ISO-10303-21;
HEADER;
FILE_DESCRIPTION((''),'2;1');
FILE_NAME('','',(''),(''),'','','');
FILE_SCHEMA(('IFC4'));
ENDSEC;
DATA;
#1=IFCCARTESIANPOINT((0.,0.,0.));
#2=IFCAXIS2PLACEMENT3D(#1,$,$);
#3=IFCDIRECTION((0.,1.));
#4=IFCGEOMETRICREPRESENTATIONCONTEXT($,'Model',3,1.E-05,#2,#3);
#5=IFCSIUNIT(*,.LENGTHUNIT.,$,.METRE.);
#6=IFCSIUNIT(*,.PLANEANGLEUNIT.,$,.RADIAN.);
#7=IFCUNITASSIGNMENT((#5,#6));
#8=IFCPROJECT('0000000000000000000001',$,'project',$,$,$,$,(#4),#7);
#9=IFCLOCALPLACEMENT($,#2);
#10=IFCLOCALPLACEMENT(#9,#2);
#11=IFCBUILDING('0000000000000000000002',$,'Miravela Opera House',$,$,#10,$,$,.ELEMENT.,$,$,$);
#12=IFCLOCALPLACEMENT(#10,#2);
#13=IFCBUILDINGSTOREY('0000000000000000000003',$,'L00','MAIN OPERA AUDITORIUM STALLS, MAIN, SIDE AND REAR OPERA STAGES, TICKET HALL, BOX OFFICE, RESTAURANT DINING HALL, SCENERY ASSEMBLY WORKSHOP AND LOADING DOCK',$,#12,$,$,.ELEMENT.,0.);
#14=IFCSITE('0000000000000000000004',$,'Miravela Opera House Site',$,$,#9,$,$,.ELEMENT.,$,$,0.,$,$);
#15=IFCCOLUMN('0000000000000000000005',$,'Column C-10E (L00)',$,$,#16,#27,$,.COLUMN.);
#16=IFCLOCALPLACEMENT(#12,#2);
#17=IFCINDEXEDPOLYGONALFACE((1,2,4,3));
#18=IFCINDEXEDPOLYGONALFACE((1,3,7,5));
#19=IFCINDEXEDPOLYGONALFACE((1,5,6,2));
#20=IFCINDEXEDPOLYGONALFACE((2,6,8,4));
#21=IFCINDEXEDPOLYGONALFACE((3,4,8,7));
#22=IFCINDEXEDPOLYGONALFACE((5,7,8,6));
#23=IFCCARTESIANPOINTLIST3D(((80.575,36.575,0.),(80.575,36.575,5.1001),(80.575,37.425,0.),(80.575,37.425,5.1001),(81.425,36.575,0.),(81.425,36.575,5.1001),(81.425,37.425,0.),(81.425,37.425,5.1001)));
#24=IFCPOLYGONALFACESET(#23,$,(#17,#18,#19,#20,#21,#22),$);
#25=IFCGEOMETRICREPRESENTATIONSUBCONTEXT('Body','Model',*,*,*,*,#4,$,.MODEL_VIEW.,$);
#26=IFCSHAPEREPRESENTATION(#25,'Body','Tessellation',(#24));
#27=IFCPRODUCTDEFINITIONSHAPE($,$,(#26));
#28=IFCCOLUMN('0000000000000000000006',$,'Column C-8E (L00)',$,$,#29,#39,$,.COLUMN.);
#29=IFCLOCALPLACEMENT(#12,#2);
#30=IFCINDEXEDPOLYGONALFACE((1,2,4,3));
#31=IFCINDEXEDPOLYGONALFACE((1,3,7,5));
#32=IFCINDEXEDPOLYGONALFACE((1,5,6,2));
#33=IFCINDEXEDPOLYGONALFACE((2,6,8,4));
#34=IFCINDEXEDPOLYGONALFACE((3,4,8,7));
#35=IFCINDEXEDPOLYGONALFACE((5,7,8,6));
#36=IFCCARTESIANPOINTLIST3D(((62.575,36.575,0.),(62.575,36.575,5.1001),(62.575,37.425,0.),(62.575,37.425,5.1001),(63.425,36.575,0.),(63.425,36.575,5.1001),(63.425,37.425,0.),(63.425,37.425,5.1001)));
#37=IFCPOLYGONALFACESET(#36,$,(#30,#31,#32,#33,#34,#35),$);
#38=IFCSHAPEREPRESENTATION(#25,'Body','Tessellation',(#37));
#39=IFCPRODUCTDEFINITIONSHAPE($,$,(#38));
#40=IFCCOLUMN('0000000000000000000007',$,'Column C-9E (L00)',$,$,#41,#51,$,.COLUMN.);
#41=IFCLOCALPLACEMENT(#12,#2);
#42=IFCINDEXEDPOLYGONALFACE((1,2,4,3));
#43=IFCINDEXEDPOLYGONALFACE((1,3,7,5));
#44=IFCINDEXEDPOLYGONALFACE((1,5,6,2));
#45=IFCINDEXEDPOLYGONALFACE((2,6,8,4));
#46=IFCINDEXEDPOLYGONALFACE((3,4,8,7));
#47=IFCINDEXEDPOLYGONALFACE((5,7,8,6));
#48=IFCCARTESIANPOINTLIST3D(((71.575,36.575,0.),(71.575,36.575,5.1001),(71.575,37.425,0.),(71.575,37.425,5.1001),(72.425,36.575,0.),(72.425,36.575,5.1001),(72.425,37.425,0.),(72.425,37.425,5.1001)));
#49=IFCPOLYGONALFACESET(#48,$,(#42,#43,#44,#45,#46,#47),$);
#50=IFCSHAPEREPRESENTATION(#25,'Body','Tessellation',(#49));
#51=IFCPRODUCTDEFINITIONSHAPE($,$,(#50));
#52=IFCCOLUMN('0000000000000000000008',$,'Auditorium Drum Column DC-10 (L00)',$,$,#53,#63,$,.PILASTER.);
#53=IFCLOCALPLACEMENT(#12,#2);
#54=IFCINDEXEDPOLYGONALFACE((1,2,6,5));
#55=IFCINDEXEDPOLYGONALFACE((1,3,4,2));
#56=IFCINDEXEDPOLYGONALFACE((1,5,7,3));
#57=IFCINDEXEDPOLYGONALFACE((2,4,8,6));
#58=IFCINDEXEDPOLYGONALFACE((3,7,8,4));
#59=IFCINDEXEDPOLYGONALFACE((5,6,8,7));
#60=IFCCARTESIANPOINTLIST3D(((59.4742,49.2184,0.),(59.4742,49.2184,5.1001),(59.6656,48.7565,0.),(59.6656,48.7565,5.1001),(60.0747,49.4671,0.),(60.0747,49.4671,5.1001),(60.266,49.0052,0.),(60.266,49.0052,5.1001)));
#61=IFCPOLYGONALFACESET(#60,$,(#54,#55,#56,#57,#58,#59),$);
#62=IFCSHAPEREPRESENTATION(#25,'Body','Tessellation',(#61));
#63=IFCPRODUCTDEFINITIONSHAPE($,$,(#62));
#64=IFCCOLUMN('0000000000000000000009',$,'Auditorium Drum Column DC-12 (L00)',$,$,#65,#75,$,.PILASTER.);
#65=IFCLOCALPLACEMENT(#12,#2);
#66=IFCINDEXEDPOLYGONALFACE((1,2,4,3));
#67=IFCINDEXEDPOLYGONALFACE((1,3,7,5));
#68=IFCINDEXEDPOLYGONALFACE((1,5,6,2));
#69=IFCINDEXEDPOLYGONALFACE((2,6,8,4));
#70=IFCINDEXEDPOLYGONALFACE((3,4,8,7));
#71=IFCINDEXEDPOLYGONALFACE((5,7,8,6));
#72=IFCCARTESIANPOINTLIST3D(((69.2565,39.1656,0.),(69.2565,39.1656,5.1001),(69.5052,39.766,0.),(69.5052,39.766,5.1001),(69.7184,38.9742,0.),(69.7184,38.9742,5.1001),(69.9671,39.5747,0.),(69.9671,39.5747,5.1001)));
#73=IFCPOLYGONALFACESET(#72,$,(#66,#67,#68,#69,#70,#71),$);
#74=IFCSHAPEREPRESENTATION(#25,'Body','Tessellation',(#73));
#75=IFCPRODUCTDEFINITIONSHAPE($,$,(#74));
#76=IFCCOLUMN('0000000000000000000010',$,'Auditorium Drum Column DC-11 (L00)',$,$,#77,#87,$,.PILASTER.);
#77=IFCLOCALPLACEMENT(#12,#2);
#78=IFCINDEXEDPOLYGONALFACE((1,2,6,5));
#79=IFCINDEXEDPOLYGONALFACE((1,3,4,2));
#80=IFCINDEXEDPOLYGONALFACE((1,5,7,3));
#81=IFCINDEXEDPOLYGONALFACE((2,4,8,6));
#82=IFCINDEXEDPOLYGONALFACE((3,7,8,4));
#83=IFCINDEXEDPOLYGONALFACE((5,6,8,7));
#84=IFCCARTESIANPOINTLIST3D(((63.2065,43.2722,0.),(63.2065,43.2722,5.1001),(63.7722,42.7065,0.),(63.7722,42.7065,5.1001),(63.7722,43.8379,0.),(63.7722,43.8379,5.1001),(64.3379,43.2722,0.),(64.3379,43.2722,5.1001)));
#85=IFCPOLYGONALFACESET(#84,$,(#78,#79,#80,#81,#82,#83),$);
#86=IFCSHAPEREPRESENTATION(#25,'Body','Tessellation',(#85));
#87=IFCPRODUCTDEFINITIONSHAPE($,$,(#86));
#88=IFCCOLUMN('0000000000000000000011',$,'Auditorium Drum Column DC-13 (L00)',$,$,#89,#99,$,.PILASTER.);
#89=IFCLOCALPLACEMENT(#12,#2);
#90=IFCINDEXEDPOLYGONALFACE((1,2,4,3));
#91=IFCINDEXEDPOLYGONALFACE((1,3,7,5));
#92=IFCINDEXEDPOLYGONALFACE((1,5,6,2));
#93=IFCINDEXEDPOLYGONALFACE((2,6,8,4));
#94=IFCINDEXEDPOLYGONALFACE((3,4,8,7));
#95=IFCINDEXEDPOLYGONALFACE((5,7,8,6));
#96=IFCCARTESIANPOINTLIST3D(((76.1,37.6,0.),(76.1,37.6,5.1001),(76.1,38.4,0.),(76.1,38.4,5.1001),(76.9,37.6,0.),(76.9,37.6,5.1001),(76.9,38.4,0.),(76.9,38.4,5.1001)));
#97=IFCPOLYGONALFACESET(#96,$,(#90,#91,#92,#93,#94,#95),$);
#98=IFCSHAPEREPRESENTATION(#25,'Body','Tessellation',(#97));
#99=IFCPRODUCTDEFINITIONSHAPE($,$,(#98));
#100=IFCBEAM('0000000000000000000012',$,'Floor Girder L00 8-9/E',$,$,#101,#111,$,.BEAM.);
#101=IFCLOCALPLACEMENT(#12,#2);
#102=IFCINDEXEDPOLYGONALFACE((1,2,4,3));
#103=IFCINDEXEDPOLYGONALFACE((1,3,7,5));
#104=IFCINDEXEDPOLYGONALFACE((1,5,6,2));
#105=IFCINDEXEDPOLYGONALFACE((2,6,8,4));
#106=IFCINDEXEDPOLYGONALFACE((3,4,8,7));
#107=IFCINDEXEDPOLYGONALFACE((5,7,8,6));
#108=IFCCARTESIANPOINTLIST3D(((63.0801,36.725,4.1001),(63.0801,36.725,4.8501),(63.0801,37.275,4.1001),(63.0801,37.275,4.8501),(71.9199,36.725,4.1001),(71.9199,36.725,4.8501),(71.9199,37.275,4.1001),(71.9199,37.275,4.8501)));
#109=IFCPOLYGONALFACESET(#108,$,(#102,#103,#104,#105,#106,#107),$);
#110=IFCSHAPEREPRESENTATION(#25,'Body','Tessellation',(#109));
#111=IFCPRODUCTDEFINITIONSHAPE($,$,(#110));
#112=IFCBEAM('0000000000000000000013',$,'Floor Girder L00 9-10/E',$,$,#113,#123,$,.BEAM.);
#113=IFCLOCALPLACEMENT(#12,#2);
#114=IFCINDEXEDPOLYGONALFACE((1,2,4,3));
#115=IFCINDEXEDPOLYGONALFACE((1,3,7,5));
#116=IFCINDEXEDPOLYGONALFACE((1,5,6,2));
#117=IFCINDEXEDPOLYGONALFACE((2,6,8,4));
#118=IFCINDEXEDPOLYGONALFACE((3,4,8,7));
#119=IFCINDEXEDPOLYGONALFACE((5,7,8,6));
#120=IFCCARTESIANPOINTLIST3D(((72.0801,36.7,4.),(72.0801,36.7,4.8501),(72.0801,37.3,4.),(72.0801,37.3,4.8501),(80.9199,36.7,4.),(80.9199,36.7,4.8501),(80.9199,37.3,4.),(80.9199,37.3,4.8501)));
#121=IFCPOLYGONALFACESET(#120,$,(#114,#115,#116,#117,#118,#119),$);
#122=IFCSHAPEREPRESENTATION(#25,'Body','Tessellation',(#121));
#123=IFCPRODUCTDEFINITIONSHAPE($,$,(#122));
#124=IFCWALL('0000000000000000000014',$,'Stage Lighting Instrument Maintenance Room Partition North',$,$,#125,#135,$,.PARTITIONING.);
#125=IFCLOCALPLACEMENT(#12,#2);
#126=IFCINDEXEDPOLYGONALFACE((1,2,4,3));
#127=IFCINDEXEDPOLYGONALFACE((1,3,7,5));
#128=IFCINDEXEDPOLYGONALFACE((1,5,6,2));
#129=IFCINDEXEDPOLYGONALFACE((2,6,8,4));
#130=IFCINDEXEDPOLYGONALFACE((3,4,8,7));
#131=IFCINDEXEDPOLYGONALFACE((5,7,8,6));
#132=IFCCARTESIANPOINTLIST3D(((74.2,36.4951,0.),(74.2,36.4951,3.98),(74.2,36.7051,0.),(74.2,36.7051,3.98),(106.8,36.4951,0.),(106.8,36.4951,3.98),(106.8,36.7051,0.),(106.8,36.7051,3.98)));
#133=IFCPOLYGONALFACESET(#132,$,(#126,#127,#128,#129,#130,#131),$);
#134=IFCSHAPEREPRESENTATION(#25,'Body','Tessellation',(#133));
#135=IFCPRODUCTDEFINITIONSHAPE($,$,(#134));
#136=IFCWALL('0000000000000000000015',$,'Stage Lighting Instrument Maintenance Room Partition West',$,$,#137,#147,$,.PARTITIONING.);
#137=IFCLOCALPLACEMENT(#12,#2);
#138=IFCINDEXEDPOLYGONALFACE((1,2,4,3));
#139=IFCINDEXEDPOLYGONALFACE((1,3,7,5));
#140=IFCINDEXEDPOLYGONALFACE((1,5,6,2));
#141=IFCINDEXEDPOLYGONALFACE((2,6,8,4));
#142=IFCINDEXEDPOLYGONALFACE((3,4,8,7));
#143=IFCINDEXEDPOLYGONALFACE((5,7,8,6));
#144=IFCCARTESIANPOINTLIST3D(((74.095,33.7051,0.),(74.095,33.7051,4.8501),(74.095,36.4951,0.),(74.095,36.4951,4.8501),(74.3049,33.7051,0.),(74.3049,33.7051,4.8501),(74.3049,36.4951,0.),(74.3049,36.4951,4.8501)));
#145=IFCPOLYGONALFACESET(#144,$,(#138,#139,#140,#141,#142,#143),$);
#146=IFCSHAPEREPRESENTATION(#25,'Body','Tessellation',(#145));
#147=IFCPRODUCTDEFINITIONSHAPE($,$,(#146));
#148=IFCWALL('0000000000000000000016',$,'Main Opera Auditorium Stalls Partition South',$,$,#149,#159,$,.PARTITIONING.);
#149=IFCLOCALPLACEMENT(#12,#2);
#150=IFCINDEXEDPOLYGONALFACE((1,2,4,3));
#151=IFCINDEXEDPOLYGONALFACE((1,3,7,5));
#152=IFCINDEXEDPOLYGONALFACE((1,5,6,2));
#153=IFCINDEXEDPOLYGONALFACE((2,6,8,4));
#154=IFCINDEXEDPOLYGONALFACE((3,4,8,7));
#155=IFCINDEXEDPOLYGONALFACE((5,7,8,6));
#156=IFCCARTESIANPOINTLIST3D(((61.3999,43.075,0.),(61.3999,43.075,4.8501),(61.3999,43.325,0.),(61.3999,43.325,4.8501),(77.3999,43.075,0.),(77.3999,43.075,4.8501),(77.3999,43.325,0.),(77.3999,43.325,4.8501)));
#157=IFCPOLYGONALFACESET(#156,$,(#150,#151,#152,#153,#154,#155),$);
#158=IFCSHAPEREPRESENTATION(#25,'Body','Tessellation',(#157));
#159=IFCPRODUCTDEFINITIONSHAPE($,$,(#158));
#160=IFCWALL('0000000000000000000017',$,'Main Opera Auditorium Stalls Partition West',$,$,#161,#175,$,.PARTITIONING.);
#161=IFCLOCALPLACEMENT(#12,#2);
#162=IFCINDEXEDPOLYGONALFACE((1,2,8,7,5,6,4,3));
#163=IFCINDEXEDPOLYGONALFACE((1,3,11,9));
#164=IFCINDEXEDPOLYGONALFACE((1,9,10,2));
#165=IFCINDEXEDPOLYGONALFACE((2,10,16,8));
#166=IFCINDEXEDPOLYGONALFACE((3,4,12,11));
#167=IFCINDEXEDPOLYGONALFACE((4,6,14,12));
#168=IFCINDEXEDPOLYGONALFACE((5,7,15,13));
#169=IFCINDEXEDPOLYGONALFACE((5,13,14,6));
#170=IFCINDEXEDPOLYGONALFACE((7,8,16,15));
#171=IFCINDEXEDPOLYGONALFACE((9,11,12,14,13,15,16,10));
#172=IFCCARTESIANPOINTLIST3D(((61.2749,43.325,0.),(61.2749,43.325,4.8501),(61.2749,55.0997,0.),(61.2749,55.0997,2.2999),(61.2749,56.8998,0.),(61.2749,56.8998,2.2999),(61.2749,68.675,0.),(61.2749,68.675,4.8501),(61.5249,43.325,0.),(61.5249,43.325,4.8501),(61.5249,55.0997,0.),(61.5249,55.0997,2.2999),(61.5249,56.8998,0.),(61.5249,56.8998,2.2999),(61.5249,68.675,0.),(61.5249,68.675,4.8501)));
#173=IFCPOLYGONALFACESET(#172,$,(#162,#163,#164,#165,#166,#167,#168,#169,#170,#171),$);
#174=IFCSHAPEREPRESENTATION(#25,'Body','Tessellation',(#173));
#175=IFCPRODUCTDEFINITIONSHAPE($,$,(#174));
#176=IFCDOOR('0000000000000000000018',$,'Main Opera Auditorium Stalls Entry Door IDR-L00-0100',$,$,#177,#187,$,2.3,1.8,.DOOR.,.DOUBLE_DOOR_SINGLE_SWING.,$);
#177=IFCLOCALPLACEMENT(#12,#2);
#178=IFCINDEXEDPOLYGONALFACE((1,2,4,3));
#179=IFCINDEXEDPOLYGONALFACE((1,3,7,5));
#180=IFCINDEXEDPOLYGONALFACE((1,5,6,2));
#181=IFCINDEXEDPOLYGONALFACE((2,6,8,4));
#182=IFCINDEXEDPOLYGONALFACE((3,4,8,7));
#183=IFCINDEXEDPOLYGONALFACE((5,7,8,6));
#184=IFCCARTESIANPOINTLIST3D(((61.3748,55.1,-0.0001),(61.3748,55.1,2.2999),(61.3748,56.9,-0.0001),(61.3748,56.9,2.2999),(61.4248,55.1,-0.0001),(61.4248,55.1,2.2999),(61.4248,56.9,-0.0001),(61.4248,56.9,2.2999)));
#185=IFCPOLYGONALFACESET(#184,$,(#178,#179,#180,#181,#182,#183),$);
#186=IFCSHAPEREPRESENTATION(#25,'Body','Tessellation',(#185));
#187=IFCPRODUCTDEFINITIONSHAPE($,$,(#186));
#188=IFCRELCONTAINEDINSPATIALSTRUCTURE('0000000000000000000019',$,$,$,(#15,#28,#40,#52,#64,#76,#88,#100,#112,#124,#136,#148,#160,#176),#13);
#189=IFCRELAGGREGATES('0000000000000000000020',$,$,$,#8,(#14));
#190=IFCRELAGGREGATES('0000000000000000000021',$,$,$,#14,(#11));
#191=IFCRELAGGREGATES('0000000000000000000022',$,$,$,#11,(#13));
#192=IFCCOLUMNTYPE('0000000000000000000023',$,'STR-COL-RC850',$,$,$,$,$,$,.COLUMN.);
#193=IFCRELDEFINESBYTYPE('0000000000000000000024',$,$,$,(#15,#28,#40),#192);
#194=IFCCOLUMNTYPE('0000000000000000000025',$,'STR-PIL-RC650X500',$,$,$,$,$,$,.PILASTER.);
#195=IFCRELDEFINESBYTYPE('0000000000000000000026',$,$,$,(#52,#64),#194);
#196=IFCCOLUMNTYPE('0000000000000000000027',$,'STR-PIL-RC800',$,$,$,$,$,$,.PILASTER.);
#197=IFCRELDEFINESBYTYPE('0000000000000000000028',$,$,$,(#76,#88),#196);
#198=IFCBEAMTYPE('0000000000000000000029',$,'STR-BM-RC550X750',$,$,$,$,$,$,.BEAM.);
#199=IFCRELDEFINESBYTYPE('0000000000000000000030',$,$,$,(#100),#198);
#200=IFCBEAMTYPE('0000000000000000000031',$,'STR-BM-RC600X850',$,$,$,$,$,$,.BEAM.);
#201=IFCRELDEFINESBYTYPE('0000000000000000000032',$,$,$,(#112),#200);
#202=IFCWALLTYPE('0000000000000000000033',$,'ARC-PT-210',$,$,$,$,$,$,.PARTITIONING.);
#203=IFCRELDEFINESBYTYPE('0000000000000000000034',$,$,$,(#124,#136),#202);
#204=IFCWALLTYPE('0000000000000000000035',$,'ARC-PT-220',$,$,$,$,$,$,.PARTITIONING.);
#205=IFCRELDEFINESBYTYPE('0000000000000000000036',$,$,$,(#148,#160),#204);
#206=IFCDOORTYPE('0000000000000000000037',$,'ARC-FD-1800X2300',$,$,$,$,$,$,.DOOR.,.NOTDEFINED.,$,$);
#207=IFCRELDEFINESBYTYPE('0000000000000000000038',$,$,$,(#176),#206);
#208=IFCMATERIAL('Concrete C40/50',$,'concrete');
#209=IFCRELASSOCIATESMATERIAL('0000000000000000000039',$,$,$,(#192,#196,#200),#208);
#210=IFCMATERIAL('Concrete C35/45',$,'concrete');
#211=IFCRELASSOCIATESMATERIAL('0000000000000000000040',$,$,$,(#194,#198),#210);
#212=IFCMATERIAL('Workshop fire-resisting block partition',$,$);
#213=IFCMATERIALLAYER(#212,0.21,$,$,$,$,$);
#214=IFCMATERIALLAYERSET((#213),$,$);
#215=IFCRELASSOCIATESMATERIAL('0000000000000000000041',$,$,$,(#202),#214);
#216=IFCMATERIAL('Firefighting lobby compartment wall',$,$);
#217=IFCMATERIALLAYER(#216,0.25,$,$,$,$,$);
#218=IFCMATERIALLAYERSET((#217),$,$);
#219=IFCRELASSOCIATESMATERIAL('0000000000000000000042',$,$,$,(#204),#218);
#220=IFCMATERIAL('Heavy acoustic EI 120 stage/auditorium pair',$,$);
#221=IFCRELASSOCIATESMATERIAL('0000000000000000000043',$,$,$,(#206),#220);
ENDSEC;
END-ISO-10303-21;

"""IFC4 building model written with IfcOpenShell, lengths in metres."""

from ifc_helpers import new_model, si_unit, direction, frame, frame_2d, origin, origin_2d, place, context, subcontext, project, spatial, rectangle, extrude, material, layer, layer_set, material_profile, profile_set, type_object, element, fill, save


model = new_model("IFC4")

# Units and contexts
model_context = context("Model", 3, precision=1e-05, world=origin(), true_north=direction((0.0, 1.0)))
body_context = subcontext(model_context, "Body", "Model", "MODEL_VIEW")
ifc_project = project(units=[si_unit("LENGTHUNIT", "METRE"), si_unit("PLANEANGLEUNIT", "RADIAN")], contexts=[model_context])

# Site, building, storey
site_placement = place(None, origin())
site = spatial("IfcSite", under=ifc_project, at=site_placement, Name="Miravela Opera House Site", CompositionType="ELEMENT", RefElevation=0.0)
building_placement = place(site_placement, origin())
building = spatial("IfcBuilding", under=site, at=building_placement, Name="Miravela Opera House", CompositionType="ELEMENT")
storey_placement = place(building_placement, origin())
storey = spatial("IfcBuildingStorey", under=building, at=storey_placement, Name="L00", Description="MAIN OPERA AUDITORIUM STALLS, MAIN, SIDE AND REAR OPERA STAGES, TICKET HALL, BOX OFFICE, RESTAURANT DINING HALL, SCENERY ASSEMBLY WORKSHOP AND LOADING DOCK", CompositionType="ELEMENT", Elevation=0.0)

# Columns
ifc_material_1 = material(Name="Concrete C40/50", Category="concrete")
ifc_material_profile_1 = material_profile(ifc_material_1, rectangle(XDim=0.8501, YDim=0.8501, at=origin_2d()), Name="RC-COL-850X850")
ifc_profile_set_1 = profile_set([ifc_material_profile_1])
column_type_1 = type_object("IfcColumnType", Name="STR-COL-RC850", PredefinedType="COLUMN", material=ifc_profile_set_1)
for number, where, z_axis, x_axis, name in (
    (1, (81.0, 37.0, 0.0), (0.0, 0.0, 1.0), (1.0, 0.0, 0.0), "Column C-10E (L00)"),
    (2, (63.0, 37.0, 0.0), (0.0, 0.0, 1.0), (1.0, 0.0, 0.0), "Column C-8E (L00)"),
    (3, (72.0, 37.0, 0.0), (0.0, 0.0, 1.0), (1.0, 0.0, 0.0), "Column C-9E (L00)"),
):
    element("IfcColumn", number, at=place(storey_placement, frame(where, z_axis=z_axis, x_axis=x_axis)), inside=storey, type_object=column_type_1, Name=name, PredefinedType="COLUMN", context=body_context, shape_type="SweptSolid", body=[
        extrude(rectangle(XDim=0.8501, YDim=0.8501, at=origin_2d()), origin(), (0.0, 0.0, 1.0), 5.1001),
    ])
ifc_material_2 = material(Name="Concrete C35/45", Category="concrete")
ifc_material_profile_2 = material_profile(ifc_material_2, rectangle(XDim=0.6499, YDim=0.5, at=origin_2d()), Name="RC-PIL-650X500")
ifc_profile_set_2 = profile_set([ifc_material_profile_2])
column_type_2 = type_object("IfcColumnType", Name="STR-PIL-RC650X500", PredefinedType="PILASTER", material=ifc_profile_set_2)
for number, where, z_axis, x_axis, name in (
    (4, (59.8701, 49.1118, 0.0), (0.0, 0.0, 1.0), (-0.92388, -0.382683, 0.0), "Auditorium Drum Column DC-10 (L00)"),
    (5, (69.6118, 39.3701, 0.0), (0.0, 0.0, 1.0), (-0.382683, -0.92388, 0.0), "Auditorium Drum Column DC-12 (L00)"),
):
    element("IfcColumn", number, at=place(storey_placement, frame(where, z_axis=z_axis, x_axis=x_axis)), inside=storey, type_object=column_type_2, Name=name, PredefinedType="PILASTER", context=body_context, shape_type="SweptSolid", body=[
        extrude(rectangle(XDim=0.6499, YDim=0.5, at=origin_2d()), origin(), (0.0, 0.0, 1.0), 5.1001),
    ])
ifc_material_profile_3 = material_profile(ifc_material_1, rectangle(XDim=0.8, YDim=0.8, at=origin_2d()), Name="RC-COL-800X800")
ifc_profile_set_3 = profile_set([ifc_material_profile_3])
column_type_3 = type_object("IfcColumnType", Name="STR-PIL-RC800", PredefinedType="PILASTER", material=ifc_profile_set_3)
for number, where, z_axis, x_axis, name in (
    (6, (63.7722, 43.2722, 0.0), (0.0, 0.0, 1.0), (-0.707107, -0.707107, 0.0), "Auditorium Drum Column DC-11 (L00)"),
    (7, (76.5, 38.0, 0.0), (0.0, 0.0, 1.0), (0.0, -1.0, 0.0), "Auditorium Drum Column DC-13 (L00)"),
):
    element("IfcColumn", number, at=place(storey_placement, frame(where, z_axis=z_axis, x_axis=x_axis)), inside=storey, type_object=column_type_3, Name=name, PredefinedType="PILASTER", context=body_context, shape_type="SweptSolid", body=[
        extrude(rectangle(XDim=0.8, YDim=0.8, at=origin_2d()), origin(), (0.0, 0.0, 1.0), 5.1001),
    ])

# Beams
ifc_material_profile_4 = material_profile(ifc_material_2, rectangle(XDim=0.55, YDim=0.75, at=origin_2d()), Name="RC-BM-550X750")
ifc_profile_set_4 = profile_set([ifc_material_profile_4])
beam_type_1 = type_object("IfcBeamType", Name="STR-BM-RC550X750", PredefinedType="BEAM", material=ifc_profile_set_4)
beam_1_placement = place(storey_placement, frame((63.0801, 37.0, 4.4751), z_axis=(1.0, 0.0, 0.0), x_axis=(0.0, 1.0, 0.0)))
element("IfcBeam", 8, at=beam_1_placement, inside=storey, type_object=beam_type_1, Name="Floor Girder L00 8-9/E", PredefinedType="BEAM", context=body_context, shape_type="SweptSolid", body=[
    extrude(rectangle(XDim=0.55, YDim=0.75, at=origin_2d()), origin(), (0.0, 0.0, 1.0), 8.8398),
])
ifc_material_profile_5 = material_profile(ifc_material_1, rectangle(XDim=0.6001, YDim=0.8501, at=origin_2d()), Name="RC-BM-600X850")
ifc_profile_set_5 = profile_set([ifc_material_profile_5])
beam_type_2 = type_object("IfcBeamType", Name="STR-BM-RC600X850", PredefinedType="BEAM", material=ifc_profile_set_5)
beam_2_placement = place(storey_placement, frame((72.0801, 37.0, 4.425), z_axis=(1.0, 0.0, 0.0), x_axis=(0.0, 1.0, 0.0)))
element("IfcBeam", 9, at=beam_2_placement, inside=storey, type_object=beam_type_2, Name="Floor Girder L00 9-10/E", PredefinedType="BEAM", context=body_context, shape_type="SweptSolid", body=[
    extrude(rectangle(XDim=0.6001, YDim=0.8501, at=origin_2d()), origin(), (0.0, 0.0, 1.0), 8.8398),
])

# Walls
ifc_material_3 = material(Name="Workshop fire-resisting block partition")
ifc_layer_1 = layer(ifc_material_3, 0.21)
ifc_layer_set_1 = layer_set([ifc_layer_1])
wall_type_1 = type_object("IfcWallType", Name="ARC-PT-210", PredefinedType="PARTITIONING", material=ifc_layer_set_1)
wall_1_placement = place(storey_placement, frame((74.2, 36.6001, 0.0), z_axis=(0.0, 0.0, 1.0), x_axis=(1.0, 0.0, 0.0)))
element("IfcWall", 10, at=wall_1_placement, inside=storey, type_object=wall_type_1, Name="Stage Lighting Instrument Maintenance Room Partition North", PredefinedType="PARTITIONING", context=body_context, shape_type="SweptSolid", body=[
    extrude(rectangle(XDim=32.6001, YDim=0.21, at=frame_2d((16.3, 0.0))), origin(), (0.0, 0.0, 1.0), 3.98),
])
wall_2_placement = place(storey_placement, frame((74.2, 33.7051, 0.0), z_axis=(0.0, 0.0, 1.0), x_axis=(0.0, 1.0, 0.0)))
element("IfcWall", 11, at=wall_2_placement, inside=storey, type_object=wall_type_1, Name="Stage Lighting Instrument Maintenance Room Partition West", PredefinedType="PARTITIONING", context=body_context, shape_type="SweptSolid", body=[
    extrude(rectangle(XDim=2.79, YDim=0.21, at=frame_2d((1.395, 0.0))), origin(), (0.0, 0.0, 1.0), 4.8501),
])
ifc_material_4 = material(Name="Firefighting lobby compartment wall")
ifc_layer_2 = layer(ifc_material_4, 0.25)
ifc_layer_set_2 = layer_set([ifc_layer_2])
wall_type_2 = type_object("IfcWallType", Name="ARC-PT-220", PredefinedType="PARTITIONING", material=ifc_layer_set_2)
wall_3_placement = place(storey_placement, frame((61.3999, 43.2, 0.0), z_axis=(0.0, 0.0, 1.0), x_axis=(1.0, 0.0, 0.0)))
element("IfcWall", 12, at=wall_3_placement, inside=storey, type_object=wall_type_2, Name="Main Opera Auditorium Stalls Partition South", PredefinedType="PARTITIONING", context=body_context, shape_type="SweptSolid", body=[
    extrude(rectangle(XDim=16.0, YDim=0.25, at=frame_2d((8.0, 0.0))), origin(), (0.0, 0.0, 1.0), 4.8501),
])

# Wall, opening, door
wall_4_placement = place(storey_placement, frame((61.3999, 43.325, 0.0), z_axis=(0.0, 0.0, 1.0), x_axis=(0.0, 1.0, 0.0)))
wall_4 = element("IfcWall", 13, at=wall_4_placement, inside=storey, type_object=wall_type_2, Name="Main Opera Auditorium Stalls Partition West", PredefinedType="PARTITIONING", context=body_context, shape_type="SweptSolid", body=[
    extrude(rectangle(XDim=25.3501, YDim=0.25, at=frame_2d((12.675, 0.0))), origin(), (0.0, 0.0, 1.0), 4.8501),
])
opening_1_placement = place(wall_4_placement, frame((11.7749, 0.0, 0.0)))
opening_1 = element("IfcOpeningElement", 14, at=opening_1_placement, cuts=wall_4, PredefinedType="OPENING", context=body_context, shape_type="SweptSolid", body=[
    extrude(rectangle(XDim=1.8, YDim=2.3, at=frame_2d((0.8999, 1.1499))), frame((0.0, 0.135, 0.0), z_axis=(0.0, -1.0, 0.0), x_axis=(1.0, 0.0, 0.0)), (0.0, 0.0, 1.0), 0.27),
])
ifc_material_5 = material(Name="Heavy acoustic EI 120 stage/auditorium pair")
door_type_1 = type_object("IfcDoorType", Name="ARC-FD-1800X2300", OperationType="NOTDEFINED", PredefinedType="DOOR", material=ifc_material_5)
door_1_placement = place(opening_1_placement, frame((1.8, 0.0, 0.0), z_axis=(0.0, 0.0, 1.0), x_axis=(-1.0, 0.0, 0.0)))
door_1 = element("IfcDoor", 15, at=door_1_placement, inside=storey, type_object=door_type_1, Name="Main Opera Auditorium Stalls Entry Door IDR-L00-0100", OperationType="DOUBLE_DOOR_SINGLE_SWING", OverallHeight=2.3, OverallWidth=1.8, PredefinedType="DOOR", context=body_context, shape_type="SweptSolid", body=[
    extrude(rectangle(XDim=1.8, YDim=2.3, at=frame_2d((0.8999, 1.1499))), frame((0.0, 0.0249, 0.0), z_axis=(0.0, -1.0, 0.0), x_axis=(1.0, 0.0, 0.0)), (0.0, 0.0, 1.0), 0.05),
])
fill(opening_1, door_1)

save(model, "model.ifc")
